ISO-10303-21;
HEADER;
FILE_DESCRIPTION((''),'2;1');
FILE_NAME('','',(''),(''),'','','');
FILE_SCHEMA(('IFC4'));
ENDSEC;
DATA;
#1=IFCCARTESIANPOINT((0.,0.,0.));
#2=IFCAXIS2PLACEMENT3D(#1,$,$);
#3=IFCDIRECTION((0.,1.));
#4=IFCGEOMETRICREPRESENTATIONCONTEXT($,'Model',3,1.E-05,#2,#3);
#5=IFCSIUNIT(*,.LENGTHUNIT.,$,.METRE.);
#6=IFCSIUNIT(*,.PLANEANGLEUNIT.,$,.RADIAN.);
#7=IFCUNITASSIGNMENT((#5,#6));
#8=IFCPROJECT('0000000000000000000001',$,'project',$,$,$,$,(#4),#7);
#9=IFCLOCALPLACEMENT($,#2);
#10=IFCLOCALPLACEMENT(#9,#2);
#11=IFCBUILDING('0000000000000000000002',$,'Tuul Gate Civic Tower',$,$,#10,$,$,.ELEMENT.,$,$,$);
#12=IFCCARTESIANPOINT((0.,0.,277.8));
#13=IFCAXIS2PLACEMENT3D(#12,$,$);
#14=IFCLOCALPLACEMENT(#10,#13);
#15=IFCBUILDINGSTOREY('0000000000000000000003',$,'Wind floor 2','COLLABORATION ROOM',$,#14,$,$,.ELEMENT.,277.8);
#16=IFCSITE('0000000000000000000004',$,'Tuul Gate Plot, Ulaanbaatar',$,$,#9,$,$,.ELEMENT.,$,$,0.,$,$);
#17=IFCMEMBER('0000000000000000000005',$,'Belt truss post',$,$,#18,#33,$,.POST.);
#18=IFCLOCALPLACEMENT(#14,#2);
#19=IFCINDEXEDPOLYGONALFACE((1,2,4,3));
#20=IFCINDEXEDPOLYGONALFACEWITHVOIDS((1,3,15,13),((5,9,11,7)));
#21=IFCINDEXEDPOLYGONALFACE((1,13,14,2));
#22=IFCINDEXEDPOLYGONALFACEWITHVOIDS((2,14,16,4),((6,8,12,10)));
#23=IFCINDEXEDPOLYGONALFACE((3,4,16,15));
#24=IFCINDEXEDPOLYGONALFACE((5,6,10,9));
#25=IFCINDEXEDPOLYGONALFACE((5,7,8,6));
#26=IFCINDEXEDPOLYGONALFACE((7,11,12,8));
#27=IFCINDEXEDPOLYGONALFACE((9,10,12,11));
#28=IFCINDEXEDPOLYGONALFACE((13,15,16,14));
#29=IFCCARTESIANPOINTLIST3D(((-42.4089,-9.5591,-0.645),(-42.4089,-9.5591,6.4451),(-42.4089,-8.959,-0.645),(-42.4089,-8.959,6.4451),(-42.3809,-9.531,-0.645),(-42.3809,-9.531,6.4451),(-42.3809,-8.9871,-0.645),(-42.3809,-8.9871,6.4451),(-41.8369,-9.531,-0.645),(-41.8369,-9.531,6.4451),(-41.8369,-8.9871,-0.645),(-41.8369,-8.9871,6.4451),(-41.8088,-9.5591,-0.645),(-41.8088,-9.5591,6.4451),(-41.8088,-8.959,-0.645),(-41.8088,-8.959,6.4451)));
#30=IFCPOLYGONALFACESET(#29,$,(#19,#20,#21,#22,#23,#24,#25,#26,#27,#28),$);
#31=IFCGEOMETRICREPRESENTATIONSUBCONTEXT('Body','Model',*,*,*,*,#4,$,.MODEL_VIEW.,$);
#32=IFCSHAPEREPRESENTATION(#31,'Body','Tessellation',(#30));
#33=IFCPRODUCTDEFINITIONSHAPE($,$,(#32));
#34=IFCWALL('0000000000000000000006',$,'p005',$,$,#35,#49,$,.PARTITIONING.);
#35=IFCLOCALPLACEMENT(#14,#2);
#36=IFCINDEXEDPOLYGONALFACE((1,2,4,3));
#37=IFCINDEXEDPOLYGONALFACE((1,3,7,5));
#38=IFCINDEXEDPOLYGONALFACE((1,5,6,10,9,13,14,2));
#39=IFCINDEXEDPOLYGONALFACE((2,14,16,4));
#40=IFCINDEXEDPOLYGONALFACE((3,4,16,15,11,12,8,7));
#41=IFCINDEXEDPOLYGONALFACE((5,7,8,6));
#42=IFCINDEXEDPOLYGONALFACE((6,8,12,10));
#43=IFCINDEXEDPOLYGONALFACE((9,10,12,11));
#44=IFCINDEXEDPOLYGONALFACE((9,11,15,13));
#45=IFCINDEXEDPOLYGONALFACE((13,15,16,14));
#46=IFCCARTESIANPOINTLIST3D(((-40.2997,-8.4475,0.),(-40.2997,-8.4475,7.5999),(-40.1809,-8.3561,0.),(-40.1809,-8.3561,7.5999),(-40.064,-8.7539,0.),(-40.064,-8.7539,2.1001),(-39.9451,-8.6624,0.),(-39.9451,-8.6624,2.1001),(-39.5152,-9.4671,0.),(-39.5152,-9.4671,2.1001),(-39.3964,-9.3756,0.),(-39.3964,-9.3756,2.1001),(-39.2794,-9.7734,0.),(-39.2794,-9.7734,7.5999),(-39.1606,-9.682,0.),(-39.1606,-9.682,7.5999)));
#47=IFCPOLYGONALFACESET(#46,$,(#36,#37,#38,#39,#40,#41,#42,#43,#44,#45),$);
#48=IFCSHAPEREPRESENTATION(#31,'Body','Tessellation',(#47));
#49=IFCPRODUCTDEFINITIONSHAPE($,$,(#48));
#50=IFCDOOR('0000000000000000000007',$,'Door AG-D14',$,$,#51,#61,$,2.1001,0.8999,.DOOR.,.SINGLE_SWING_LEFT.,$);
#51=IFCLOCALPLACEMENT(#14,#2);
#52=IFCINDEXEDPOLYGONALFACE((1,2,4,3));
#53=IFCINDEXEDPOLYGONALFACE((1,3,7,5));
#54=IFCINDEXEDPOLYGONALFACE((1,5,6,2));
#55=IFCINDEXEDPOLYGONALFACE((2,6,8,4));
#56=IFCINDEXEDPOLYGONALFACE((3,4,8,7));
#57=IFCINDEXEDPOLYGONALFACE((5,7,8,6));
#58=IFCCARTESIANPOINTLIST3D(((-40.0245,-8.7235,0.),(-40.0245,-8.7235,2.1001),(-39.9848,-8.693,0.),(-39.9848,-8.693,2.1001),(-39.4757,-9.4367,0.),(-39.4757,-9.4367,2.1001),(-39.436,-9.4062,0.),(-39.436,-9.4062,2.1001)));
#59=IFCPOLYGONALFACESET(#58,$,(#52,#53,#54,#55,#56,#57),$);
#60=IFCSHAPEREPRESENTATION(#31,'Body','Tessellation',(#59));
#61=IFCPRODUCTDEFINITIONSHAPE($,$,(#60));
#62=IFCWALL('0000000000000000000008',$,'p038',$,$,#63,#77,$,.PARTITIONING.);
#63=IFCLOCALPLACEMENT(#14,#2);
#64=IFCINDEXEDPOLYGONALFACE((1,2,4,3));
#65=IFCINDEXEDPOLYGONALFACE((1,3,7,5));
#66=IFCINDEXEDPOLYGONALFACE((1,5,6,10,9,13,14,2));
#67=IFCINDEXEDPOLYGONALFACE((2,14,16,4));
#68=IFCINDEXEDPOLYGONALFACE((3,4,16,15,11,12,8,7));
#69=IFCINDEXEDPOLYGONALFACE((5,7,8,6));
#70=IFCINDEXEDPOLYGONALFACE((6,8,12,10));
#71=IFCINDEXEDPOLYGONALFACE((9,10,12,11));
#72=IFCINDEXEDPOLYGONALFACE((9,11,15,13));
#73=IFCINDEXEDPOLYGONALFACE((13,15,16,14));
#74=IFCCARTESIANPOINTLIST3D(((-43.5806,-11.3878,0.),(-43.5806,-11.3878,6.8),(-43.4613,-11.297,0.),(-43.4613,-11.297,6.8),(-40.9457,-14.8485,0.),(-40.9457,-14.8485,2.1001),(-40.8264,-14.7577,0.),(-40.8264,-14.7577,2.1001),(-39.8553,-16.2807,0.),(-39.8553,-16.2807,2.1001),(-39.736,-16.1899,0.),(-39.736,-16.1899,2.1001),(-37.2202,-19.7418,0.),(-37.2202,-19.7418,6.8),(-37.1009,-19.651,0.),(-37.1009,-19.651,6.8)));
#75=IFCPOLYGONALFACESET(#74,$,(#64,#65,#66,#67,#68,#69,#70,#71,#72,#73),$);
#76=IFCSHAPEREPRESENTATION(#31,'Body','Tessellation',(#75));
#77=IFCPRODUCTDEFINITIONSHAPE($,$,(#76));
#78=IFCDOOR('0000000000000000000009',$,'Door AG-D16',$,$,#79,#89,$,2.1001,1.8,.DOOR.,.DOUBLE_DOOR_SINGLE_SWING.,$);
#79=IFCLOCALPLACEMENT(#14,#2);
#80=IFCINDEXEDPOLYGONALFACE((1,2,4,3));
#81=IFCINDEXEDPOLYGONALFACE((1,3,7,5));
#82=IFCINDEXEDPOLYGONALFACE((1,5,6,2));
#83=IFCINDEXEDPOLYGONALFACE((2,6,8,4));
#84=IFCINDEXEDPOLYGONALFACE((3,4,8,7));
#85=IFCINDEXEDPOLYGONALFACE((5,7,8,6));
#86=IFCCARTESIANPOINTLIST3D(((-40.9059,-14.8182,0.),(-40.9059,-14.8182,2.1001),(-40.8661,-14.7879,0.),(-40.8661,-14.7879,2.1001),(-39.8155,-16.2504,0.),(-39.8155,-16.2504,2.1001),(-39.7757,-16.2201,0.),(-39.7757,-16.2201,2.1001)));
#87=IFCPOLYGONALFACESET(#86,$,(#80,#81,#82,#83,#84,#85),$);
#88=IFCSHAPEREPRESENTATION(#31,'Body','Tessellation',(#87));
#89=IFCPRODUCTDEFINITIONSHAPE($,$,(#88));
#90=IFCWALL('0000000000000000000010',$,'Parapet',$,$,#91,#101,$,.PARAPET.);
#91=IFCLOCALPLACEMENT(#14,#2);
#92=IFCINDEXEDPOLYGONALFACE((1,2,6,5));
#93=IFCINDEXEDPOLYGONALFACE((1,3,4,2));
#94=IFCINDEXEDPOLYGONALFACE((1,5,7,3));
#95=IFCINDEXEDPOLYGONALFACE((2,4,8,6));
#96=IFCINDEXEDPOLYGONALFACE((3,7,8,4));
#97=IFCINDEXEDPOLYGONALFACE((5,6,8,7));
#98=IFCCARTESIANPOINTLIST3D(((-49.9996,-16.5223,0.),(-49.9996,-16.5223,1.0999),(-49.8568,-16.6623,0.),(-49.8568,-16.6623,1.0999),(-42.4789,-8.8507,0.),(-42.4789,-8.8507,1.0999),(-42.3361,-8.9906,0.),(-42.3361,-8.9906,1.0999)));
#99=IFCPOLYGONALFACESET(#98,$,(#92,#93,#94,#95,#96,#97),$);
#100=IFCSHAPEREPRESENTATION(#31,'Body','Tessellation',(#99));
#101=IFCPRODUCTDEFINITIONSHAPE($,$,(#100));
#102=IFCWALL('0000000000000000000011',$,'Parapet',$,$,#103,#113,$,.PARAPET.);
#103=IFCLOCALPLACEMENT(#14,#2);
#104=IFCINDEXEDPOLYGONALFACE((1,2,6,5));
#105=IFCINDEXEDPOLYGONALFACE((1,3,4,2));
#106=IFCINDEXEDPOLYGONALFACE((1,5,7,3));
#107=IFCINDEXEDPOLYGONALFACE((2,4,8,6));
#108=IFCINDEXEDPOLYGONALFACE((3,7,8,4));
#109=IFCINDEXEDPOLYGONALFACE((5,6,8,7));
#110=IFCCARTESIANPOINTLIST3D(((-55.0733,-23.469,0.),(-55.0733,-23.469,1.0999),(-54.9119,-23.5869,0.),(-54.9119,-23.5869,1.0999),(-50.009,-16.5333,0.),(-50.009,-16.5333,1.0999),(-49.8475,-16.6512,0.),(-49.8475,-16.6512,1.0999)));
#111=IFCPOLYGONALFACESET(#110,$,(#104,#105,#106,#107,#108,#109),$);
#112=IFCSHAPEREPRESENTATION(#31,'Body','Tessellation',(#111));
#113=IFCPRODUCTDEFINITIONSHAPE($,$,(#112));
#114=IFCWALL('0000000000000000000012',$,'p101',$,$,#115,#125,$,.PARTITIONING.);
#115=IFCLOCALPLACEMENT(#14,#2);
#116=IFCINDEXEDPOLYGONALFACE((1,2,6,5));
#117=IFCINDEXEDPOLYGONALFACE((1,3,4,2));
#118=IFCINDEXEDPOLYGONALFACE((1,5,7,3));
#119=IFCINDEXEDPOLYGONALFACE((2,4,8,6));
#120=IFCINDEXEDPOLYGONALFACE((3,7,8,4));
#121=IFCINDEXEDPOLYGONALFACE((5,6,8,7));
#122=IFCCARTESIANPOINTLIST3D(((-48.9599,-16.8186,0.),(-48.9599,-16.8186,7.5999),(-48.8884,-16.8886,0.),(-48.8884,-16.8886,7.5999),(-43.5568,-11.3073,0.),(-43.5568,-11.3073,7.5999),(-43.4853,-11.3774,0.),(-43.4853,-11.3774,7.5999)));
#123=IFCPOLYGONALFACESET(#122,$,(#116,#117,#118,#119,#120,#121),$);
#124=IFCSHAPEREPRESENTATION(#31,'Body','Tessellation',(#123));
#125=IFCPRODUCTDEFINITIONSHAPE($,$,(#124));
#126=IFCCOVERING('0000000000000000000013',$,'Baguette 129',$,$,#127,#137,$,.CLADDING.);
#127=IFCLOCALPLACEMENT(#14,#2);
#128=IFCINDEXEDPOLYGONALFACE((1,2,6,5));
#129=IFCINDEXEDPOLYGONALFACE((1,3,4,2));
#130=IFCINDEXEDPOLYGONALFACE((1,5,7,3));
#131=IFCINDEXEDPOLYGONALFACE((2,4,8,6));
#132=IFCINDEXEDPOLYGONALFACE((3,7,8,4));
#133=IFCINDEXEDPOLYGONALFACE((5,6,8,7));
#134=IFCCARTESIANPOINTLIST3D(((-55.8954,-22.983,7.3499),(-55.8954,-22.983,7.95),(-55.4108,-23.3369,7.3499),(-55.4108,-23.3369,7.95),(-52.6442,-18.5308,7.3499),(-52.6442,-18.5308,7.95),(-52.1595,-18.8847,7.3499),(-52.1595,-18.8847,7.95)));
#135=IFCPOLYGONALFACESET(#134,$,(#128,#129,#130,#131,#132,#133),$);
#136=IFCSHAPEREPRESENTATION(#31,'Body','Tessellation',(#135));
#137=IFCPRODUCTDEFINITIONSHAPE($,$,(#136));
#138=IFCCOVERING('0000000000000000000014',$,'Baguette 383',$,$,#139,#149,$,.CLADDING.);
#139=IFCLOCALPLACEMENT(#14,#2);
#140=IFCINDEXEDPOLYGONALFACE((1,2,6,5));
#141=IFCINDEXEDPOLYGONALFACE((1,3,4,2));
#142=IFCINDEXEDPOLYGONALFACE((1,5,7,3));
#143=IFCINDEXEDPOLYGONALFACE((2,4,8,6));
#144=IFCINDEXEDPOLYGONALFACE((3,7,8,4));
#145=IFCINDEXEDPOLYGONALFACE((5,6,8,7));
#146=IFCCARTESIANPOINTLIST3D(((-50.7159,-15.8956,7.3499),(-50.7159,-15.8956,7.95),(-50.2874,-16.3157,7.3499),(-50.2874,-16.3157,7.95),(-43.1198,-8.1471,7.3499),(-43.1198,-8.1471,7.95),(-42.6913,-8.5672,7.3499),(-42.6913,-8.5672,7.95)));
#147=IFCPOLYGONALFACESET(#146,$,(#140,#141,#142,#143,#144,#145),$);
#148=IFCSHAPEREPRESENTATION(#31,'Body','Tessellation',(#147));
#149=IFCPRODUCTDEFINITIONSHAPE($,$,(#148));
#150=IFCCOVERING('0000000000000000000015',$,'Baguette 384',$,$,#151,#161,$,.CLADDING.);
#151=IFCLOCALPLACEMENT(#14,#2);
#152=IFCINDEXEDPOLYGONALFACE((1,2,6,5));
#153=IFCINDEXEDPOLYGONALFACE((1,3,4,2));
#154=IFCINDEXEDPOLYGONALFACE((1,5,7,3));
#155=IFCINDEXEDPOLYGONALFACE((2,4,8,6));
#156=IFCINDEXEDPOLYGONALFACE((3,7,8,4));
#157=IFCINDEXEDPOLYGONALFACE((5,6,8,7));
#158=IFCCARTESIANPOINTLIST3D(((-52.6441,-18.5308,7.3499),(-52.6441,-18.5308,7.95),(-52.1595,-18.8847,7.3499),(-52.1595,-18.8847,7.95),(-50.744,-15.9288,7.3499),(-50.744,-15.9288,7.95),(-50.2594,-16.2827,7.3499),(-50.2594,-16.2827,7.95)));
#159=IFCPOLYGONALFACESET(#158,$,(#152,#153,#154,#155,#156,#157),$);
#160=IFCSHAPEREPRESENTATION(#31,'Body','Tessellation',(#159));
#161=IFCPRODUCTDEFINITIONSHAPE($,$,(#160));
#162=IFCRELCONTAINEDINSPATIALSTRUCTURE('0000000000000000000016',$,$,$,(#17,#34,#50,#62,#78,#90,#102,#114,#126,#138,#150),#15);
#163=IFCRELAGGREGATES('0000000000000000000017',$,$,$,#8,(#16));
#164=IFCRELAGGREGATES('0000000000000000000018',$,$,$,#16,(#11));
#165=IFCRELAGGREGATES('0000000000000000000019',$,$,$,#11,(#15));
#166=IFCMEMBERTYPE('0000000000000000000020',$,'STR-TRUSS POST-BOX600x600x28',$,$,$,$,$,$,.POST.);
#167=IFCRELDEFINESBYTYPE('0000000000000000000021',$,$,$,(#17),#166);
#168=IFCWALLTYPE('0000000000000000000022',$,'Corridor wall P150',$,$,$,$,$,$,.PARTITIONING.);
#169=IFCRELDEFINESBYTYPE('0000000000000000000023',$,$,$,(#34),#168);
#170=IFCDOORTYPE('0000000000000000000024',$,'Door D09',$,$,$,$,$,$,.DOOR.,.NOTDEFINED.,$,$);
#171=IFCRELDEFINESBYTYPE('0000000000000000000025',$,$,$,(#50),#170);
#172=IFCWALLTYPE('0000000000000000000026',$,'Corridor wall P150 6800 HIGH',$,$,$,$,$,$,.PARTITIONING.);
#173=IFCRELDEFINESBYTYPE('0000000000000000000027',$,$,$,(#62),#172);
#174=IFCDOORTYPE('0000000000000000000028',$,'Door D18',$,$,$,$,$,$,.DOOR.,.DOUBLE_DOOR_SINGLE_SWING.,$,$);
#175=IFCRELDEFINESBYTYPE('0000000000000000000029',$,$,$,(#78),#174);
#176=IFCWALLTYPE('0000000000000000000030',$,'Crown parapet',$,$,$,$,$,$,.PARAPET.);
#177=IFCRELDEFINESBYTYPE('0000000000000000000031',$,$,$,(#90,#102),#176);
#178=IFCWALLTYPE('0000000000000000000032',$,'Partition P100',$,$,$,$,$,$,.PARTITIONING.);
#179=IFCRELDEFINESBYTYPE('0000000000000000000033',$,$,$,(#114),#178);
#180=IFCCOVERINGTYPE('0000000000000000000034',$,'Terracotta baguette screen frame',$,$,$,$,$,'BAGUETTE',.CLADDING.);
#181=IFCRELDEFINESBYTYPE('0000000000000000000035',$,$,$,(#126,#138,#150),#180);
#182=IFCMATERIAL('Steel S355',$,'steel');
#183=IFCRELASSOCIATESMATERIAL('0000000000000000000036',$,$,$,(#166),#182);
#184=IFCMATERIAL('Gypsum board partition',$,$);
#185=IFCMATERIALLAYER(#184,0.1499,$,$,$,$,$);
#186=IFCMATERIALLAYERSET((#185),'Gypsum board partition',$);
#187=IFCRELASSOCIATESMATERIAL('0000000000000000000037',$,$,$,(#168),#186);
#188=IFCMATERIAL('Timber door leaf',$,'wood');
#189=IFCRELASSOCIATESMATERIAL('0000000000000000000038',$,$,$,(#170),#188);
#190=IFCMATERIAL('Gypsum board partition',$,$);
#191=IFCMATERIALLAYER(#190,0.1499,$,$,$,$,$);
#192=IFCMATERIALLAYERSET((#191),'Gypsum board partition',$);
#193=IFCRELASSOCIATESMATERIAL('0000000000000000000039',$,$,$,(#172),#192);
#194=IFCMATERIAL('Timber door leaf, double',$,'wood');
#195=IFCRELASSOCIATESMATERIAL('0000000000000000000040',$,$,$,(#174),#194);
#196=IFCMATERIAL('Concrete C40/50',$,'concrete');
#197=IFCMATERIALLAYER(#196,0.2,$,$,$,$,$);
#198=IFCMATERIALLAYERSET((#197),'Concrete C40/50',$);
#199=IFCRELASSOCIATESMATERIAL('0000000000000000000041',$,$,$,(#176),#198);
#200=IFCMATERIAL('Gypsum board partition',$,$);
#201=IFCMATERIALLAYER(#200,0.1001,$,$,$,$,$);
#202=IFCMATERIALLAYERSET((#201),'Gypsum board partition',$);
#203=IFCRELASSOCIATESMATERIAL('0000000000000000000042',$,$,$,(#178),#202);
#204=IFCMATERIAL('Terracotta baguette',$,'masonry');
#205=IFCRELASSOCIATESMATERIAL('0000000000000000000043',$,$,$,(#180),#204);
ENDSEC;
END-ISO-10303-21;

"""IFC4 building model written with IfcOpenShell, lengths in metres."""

from ifc_helpers import new_model, si_unit, direction, frame, frame_2d, origin, origin_2d, place, context, subcontext, project, spatial, rectangle, hollow_rectangle, extrude, material, layer, layer_set, material_profile, profile_set, type_object, element, fill, save


model = new_model("IFC4")

# Units and contexts
model_context = context("Model", 3, precision=1e-05, world=origin(), true_north=direction((0.0, 1.0)))
body_context = subcontext(model_context, "Body", "Model", "MODEL_VIEW")
ifc_project = project(units=[si_unit("LENGTHUNIT", "METRE"), si_unit("PLANEANGLEUNIT", "RADIAN")], contexts=[model_context])

# Site, building, storey
site_placement = place(None, origin())
site = spatial("IfcSite", under=ifc_project, at=site_placement, Name="Tuul Gate Plot, Ulaanbaatar", CompositionType="ELEMENT", RefElevation=0.0)
building_placement = place(site_placement, origin())
building = spatial("IfcBuilding", under=site, at=building_placement, Name="Tuul Gate Civic Tower", CompositionType="ELEMENT")
storey_placement = place(building_placement, frame((0.0, 0.0, 277.8)))
storey = spatial("IfcBuildingStorey", under=building, at=storey_placement, Name="Wind floor 2", Description="COLLABORATION ROOM", CompositionType="ELEMENT", Elevation=277.8)

# Member
ifc_material_1 = material(Name="Steel S355", Category="steel")
ifc_material_profile_1 = material_profile(ifc_material_1, hollow_rectangle(XDim=0.6001, YDim=0.6001, WallThickness=0.0281, at=origin_2d()), Name="BOX600x600x28")
ifc_profile_set_1 = profile_set([ifc_material_profile_1], Name="Steel S355")
member_type_1 = type_object("IfcMemberType", Name="STR-TRUSS POST-BOX600x600x28", PredefinedType="POST", material=ifc_profile_set_1)
for number, where, z_axis, x_axis, name in (
    (1, (-42.1089, -9.259, -0.645), (0.0, 0.0, 1.0), (1.0, 0.0, 0.0), "Belt truss post"),
):
    element("IfcMember", number, at=place(storey_placement, frame(where, z_axis=z_axis, x_axis=x_axis)), inside=storey, type_object=member_type_1, Name=name, PredefinedType="POST", context=body_context, shape_type="SweptSolid", body=[
        extrude(hollow_rectangle(XDim=0.6001, YDim=0.6001, WallThickness=0.0281, at=origin_2d()), origin(), (0.0, 0.0, 1.0), 7.0901),
    ])

# Walls, openings, doors
ifc_material_2 = material(Name="Gypsum board partition")
ifc_layer_1 = layer(ifc_material_2, 0.1499)
ifc_layer_set_1 = layer_set([ifc_layer_1], Name="Gypsum board partition")
wall_type_1 = type_object("IfcWallType", Name="Corridor wall P150", PredefinedType="PARTITIONING", material=ifc_layer_set_1)
wall_1_placement = place(storey_placement, frame((-40.2402, -8.4019, 0.0), z_axis=(0.0, 0.0, 1.0), x_axis=(0.609831, -0.792532, 0.0)))
wall_1 = element("IfcWall", 2, at=wall_1_placement, inside=storey, type_object=wall_type_1, Name="p005", PredefinedType="PARTITIONING", context=body_context, shape_type="SweptSolid", body=[
    extrude(rectangle(XDim=1.6731, YDim=0.1499, at=frame_2d((0.8364, 0.0))), origin(), (0.0, 0.0, 1.0), 7.5999),
])
opening_1_placement = place(wall_1_placement, frame((0.3865, 0.0, 0.0)))
opening_1 = element("IfcOpeningElement", 3, at=opening_1_placement, cuts=wall_1, PredefinedType="OPENING", context=body_context, shape_type="SweptSolid", body=[
    extrude(rectangle(XDim=0.8999, YDim=2.1001, at=frame_2d((0.45, 1.05))), frame((0.0, 0.085, 0.0), z_axis=(0.0, -1.0, 0.0), x_axis=(1.0, 0.0, 0.0)), (0.0, 0.0, 1.0), 0.1699),
])
ifc_material_3 = material(Name="Timber door leaf", Category="wood")
door_type_1 = type_object("IfcDoorType", Name="Door D09", OperationType="NOTDEFINED", PredefinedType="DOOR", material=ifc_material_3)
door_1_placement = place(opening_1_placement, origin())
door_1 = element("IfcDoor", 4, at=door_1_placement, inside=storey, type_object=door_type_1, Name="Door AG-D14", OperationType="SINGLE_SWING_LEFT", OverallHeight=2.1001, OverallWidth=0.8999, PredefinedType="DOOR", context=body_context, shape_type="SweptSolid", body=[
    extrude(rectangle(XDim=0.8999, YDim=2.1001, at=frame_2d((0.45, 1.05))), frame((0.0, 0.0249, 0.0), z_axis=(0.0, -1.0, 0.0), x_axis=(1.0, 0.0, 0.0)), (0.0, 0.0, 1.0), 0.05),
])
fill(opening_1, door_1)
ifc_material_4 = material(Name="Gypsum board partition")
ifc_layer_2 = layer(ifc_material_4, 0.1499)
ifc_layer_set_2 = layer_set([ifc_layer_2], Name="Gypsum board partition")
wall_type_2 = type_object("IfcWallType", Name="Corridor wall P150 6800 HIGH", PredefinedType="PARTITIONING", material=ifc_layer_set_2)
wall_2_placement = place(storey_placement, frame((-43.521, -11.3423, 0.0), z_axis=(0.0, 0.0, 1.0), x_axis=(0.605766, -0.795643, 0.0)))
wall_2 = element("IfcWall", 5, at=wall_2_placement, inside=storey, type_object=wall_type_2, Name="p038", PredefinedType="PARTITIONING", context=body_context, shape_type="SweptSolid", body=[
    extrude(rectangle(XDim=10.4998, YDim=0.1499, at=frame_2d((5.25, 0.0))), origin(), (0.0, 0.0, 1.0), 6.8),
])
opening_2_placement = place(wall_2_placement, frame((4.3499, 0.0, 0.0)))
opening_2 = element("IfcOpeningElement", 6, at=opening_2_placement, cuts=wall_2, PredefinedType="OPENING", context=body_context, shape_type="SweptSolid", body=[
    extrude(rectangle(XDim=1.8, YDim=2.1001, at=frame_2d((0.8999, 1.05))), frame((0.0, 0.085, 0.0), z_axis=(0.0, -1.0, 0.0), x_axis=(1.0, 0.0, 0.0)), (0.0, 0.0, 1.0), 0.1699),
])
ifc_material_5 = material(Name="Timber door leaf, double", Category="wood")
door_type_2 = type_object("IfcDoorType", Name="Door D18", OperationType="DOUBLE_DOOR_SINGLE_SWING", PredefinedType="DOOR", material=ifc_material_5)
door_2_placement = place(opening_2_placement, frame((1.8, 0.0, 0.0), z_axis=(0.0, 0.0, 1.0), x_axis=(-1.0, 0.0, 0.0)))
door_2 = element("IfcDoor", 7, at=door_2_placement, inside=storey, type_object=door_type_2, Name="Door AG-D16", OperationType="DOUBLE_DOOR_SINGLE_SWING", OverallHeight=2.1001, OverallWidth=1.8, PredefinedType="DOOR", context=body_context, shape_type="SweptSolid", body=[
    extrude(rectangle(XDim=1.8, YDim=2.1001, at=frame_2d((0.9001, 1.05))), frame((0.0, 0.0249, 0.0), z_axis=(0.0, -1.0, 0.0), x_axis=(1.0, 0.0, 0.0)), (0.0, 0.0, 1.0), 0.05),
])
fill(opening_2, door_2)

# Walls
ifc_material_6 = material(Name="Concrete C40/50", Category="concrete")
ifc_layer_3 = layer(ifc_material_6, 0.2)
ifc_layer_set_3 = layer_set([ifc_layer_3], Name="Concrete C40/50")
wall_type_3 = type_object("IfcWallType", Name="Crown parapet", PredefinedType="PARAPET", material=ifc_layer_set_3)
wall_3_placement = place(storey_placement, frame((-42.4075, -8.9207, 0.0), z_axis=(0.0, 0.0, 1.0), x_axis=(-0.70005, -0.714094, 0.0)))
element("IfcWall", 8, at=wall_3_placement, inside=storey, type_object=wall_type_3, Name="Parapet", PredefinedType="PARAPET", context=body_context, shape_type="SweptSolid", body=[
    extrude(rectangle(XDim=10.7432, YDim=0.2, at=frame_2d((5.3716, 0.0))), origin(), (0.0, 0.0, 1.0), 1.0999),
])
wall_4_placement = place(storey_placement, frame((-49.9282, -16.5923, 0.0), z_axis=(0.0, 0.0, 1.0), x_axis=(-0.589712, -0.807613, 0.0)))
element("IfcWall", 9, at=wall_4_placement, inside=storey, type_object=wall_type_3, Name="Parapet", PredefinedType="PARAPET", context=body_context, shape_type="SweptSolid", body=[
    extrude(rectangle(XDim=8.5879, YDim=0.2, at=frame_2d((4.2939, 0.0))), origin(), (0.0, 0.0, 1.0), 1.0999),
])
ifc_material_7 = material(Name="Gypsum board partition")
ifc_layer_4 = layer(ifc_material_7, 0.1001)
ifc_layer_set_4 = layer_set([ifc_layer_4], Name="Gypsum board partition")
wall_type_4 = type_object("IfcWallType", Name="Partition P100", PredefinedType="PARTITIONING", material=ifc_layer_set_4)
wall_5_placement = place(storey_placement, frame((-48.9241, -16.8535, 0.0), z_axis=(0.0, 0.0, 1.0), x_axis=(0.700065, 0.714079, 0.0)))
element("IfcWall", 10, at=wall_5_placement, inside=storey, type_object=wall_type_4, Name="p101", PredefinedType="PARTITIONING", context=body_context, shape_type="SweptSolid", body=[
    extrude(rectangle(XDim=7.718, YDim=0.1001, at=frame_2d((3.8589, 0.0))), origin(), (0.0, 0.0, 1.0), 7.5999),
])

# Coverings
ifc_material_8 = material(Name="Terracotta baguette", Category="masonry")
ifc_material_profile_2 = material_profile(ifc_material_8, rectangle(XDim=0.6001, YDim=0.6001, at=origin_2d()), Name="Terracotta baguette screen frame")
ifc_profile_set_2 = profile_set([ifc_material_profile_2], Name="Terracotta baguette")
covering_type = type_object("IfcCoveringType", Name="Terracotta baguette screen frame", ElementType="BAGUETTE", PredefinedType="CLADDING", material=ifc_profile_set_2)
covering_1_placement = place(storey_placement, frame((-52.4019, -18.7078, 7.6499), z_axis=(-0.589748, -0.807587, 0.0), x_axis=(0.807587, -0.589748, 0.0)))
element("IfcCovering", 11, at=covering_1_placement, inside=storey, type_object=covering_type, Name="Baguette 129", PredefinedType="CLADDING", context=body_context, shape_type="SweptSolid", body=[
    extrude(rectangle(XDim=0.6001, YDim=0.6001, at=origin_2d()), origin(), (0.0, 0.0, 1.0), 5.5129),
])
covering_2_placement = place(storey_placement, frame((-42.9055, -8.3572, 7.6499), z_axis=(-0.700052, -0.714092, 0.0), x_axis=(0.714092, -0.700052, 0.0)))
element("IfcCovering", 12, at=covering_2_placement, inside=storey, type_object=covering_type, Name="Baguette 383", PredefinedType="CLADDING", context=body_context, shape_type="SweptSolid", body=[
    extrude(rectangle(XDim=0.6001, YDim=0.6001, at=origin_2d()), origin(), (0.0, 0.0, 1.0), 10.8508),
])
covering_3_placement = place(storey_placement, frame((-50.5017, -16.1057, 7.6499), z_axis=(-0.589743, -0.807591, 0.0), x_axis=(0.807591, -0.589743, 0.0)))
element("IfcCovering", 13, at=covering_3_placement, inside=storey, type_object=covering_type, Name="Baguette 384", PredefinedType="CLADDING", context=body_context, shape_type="SweptSolid", body=[
    extrude(rectangle(XDim=0.6001, YDim=0.6001, at=origin_2d()), origin(), (0.0, 0.0, 1.0), 3.2219),
])

save(model, "model.ifc")
